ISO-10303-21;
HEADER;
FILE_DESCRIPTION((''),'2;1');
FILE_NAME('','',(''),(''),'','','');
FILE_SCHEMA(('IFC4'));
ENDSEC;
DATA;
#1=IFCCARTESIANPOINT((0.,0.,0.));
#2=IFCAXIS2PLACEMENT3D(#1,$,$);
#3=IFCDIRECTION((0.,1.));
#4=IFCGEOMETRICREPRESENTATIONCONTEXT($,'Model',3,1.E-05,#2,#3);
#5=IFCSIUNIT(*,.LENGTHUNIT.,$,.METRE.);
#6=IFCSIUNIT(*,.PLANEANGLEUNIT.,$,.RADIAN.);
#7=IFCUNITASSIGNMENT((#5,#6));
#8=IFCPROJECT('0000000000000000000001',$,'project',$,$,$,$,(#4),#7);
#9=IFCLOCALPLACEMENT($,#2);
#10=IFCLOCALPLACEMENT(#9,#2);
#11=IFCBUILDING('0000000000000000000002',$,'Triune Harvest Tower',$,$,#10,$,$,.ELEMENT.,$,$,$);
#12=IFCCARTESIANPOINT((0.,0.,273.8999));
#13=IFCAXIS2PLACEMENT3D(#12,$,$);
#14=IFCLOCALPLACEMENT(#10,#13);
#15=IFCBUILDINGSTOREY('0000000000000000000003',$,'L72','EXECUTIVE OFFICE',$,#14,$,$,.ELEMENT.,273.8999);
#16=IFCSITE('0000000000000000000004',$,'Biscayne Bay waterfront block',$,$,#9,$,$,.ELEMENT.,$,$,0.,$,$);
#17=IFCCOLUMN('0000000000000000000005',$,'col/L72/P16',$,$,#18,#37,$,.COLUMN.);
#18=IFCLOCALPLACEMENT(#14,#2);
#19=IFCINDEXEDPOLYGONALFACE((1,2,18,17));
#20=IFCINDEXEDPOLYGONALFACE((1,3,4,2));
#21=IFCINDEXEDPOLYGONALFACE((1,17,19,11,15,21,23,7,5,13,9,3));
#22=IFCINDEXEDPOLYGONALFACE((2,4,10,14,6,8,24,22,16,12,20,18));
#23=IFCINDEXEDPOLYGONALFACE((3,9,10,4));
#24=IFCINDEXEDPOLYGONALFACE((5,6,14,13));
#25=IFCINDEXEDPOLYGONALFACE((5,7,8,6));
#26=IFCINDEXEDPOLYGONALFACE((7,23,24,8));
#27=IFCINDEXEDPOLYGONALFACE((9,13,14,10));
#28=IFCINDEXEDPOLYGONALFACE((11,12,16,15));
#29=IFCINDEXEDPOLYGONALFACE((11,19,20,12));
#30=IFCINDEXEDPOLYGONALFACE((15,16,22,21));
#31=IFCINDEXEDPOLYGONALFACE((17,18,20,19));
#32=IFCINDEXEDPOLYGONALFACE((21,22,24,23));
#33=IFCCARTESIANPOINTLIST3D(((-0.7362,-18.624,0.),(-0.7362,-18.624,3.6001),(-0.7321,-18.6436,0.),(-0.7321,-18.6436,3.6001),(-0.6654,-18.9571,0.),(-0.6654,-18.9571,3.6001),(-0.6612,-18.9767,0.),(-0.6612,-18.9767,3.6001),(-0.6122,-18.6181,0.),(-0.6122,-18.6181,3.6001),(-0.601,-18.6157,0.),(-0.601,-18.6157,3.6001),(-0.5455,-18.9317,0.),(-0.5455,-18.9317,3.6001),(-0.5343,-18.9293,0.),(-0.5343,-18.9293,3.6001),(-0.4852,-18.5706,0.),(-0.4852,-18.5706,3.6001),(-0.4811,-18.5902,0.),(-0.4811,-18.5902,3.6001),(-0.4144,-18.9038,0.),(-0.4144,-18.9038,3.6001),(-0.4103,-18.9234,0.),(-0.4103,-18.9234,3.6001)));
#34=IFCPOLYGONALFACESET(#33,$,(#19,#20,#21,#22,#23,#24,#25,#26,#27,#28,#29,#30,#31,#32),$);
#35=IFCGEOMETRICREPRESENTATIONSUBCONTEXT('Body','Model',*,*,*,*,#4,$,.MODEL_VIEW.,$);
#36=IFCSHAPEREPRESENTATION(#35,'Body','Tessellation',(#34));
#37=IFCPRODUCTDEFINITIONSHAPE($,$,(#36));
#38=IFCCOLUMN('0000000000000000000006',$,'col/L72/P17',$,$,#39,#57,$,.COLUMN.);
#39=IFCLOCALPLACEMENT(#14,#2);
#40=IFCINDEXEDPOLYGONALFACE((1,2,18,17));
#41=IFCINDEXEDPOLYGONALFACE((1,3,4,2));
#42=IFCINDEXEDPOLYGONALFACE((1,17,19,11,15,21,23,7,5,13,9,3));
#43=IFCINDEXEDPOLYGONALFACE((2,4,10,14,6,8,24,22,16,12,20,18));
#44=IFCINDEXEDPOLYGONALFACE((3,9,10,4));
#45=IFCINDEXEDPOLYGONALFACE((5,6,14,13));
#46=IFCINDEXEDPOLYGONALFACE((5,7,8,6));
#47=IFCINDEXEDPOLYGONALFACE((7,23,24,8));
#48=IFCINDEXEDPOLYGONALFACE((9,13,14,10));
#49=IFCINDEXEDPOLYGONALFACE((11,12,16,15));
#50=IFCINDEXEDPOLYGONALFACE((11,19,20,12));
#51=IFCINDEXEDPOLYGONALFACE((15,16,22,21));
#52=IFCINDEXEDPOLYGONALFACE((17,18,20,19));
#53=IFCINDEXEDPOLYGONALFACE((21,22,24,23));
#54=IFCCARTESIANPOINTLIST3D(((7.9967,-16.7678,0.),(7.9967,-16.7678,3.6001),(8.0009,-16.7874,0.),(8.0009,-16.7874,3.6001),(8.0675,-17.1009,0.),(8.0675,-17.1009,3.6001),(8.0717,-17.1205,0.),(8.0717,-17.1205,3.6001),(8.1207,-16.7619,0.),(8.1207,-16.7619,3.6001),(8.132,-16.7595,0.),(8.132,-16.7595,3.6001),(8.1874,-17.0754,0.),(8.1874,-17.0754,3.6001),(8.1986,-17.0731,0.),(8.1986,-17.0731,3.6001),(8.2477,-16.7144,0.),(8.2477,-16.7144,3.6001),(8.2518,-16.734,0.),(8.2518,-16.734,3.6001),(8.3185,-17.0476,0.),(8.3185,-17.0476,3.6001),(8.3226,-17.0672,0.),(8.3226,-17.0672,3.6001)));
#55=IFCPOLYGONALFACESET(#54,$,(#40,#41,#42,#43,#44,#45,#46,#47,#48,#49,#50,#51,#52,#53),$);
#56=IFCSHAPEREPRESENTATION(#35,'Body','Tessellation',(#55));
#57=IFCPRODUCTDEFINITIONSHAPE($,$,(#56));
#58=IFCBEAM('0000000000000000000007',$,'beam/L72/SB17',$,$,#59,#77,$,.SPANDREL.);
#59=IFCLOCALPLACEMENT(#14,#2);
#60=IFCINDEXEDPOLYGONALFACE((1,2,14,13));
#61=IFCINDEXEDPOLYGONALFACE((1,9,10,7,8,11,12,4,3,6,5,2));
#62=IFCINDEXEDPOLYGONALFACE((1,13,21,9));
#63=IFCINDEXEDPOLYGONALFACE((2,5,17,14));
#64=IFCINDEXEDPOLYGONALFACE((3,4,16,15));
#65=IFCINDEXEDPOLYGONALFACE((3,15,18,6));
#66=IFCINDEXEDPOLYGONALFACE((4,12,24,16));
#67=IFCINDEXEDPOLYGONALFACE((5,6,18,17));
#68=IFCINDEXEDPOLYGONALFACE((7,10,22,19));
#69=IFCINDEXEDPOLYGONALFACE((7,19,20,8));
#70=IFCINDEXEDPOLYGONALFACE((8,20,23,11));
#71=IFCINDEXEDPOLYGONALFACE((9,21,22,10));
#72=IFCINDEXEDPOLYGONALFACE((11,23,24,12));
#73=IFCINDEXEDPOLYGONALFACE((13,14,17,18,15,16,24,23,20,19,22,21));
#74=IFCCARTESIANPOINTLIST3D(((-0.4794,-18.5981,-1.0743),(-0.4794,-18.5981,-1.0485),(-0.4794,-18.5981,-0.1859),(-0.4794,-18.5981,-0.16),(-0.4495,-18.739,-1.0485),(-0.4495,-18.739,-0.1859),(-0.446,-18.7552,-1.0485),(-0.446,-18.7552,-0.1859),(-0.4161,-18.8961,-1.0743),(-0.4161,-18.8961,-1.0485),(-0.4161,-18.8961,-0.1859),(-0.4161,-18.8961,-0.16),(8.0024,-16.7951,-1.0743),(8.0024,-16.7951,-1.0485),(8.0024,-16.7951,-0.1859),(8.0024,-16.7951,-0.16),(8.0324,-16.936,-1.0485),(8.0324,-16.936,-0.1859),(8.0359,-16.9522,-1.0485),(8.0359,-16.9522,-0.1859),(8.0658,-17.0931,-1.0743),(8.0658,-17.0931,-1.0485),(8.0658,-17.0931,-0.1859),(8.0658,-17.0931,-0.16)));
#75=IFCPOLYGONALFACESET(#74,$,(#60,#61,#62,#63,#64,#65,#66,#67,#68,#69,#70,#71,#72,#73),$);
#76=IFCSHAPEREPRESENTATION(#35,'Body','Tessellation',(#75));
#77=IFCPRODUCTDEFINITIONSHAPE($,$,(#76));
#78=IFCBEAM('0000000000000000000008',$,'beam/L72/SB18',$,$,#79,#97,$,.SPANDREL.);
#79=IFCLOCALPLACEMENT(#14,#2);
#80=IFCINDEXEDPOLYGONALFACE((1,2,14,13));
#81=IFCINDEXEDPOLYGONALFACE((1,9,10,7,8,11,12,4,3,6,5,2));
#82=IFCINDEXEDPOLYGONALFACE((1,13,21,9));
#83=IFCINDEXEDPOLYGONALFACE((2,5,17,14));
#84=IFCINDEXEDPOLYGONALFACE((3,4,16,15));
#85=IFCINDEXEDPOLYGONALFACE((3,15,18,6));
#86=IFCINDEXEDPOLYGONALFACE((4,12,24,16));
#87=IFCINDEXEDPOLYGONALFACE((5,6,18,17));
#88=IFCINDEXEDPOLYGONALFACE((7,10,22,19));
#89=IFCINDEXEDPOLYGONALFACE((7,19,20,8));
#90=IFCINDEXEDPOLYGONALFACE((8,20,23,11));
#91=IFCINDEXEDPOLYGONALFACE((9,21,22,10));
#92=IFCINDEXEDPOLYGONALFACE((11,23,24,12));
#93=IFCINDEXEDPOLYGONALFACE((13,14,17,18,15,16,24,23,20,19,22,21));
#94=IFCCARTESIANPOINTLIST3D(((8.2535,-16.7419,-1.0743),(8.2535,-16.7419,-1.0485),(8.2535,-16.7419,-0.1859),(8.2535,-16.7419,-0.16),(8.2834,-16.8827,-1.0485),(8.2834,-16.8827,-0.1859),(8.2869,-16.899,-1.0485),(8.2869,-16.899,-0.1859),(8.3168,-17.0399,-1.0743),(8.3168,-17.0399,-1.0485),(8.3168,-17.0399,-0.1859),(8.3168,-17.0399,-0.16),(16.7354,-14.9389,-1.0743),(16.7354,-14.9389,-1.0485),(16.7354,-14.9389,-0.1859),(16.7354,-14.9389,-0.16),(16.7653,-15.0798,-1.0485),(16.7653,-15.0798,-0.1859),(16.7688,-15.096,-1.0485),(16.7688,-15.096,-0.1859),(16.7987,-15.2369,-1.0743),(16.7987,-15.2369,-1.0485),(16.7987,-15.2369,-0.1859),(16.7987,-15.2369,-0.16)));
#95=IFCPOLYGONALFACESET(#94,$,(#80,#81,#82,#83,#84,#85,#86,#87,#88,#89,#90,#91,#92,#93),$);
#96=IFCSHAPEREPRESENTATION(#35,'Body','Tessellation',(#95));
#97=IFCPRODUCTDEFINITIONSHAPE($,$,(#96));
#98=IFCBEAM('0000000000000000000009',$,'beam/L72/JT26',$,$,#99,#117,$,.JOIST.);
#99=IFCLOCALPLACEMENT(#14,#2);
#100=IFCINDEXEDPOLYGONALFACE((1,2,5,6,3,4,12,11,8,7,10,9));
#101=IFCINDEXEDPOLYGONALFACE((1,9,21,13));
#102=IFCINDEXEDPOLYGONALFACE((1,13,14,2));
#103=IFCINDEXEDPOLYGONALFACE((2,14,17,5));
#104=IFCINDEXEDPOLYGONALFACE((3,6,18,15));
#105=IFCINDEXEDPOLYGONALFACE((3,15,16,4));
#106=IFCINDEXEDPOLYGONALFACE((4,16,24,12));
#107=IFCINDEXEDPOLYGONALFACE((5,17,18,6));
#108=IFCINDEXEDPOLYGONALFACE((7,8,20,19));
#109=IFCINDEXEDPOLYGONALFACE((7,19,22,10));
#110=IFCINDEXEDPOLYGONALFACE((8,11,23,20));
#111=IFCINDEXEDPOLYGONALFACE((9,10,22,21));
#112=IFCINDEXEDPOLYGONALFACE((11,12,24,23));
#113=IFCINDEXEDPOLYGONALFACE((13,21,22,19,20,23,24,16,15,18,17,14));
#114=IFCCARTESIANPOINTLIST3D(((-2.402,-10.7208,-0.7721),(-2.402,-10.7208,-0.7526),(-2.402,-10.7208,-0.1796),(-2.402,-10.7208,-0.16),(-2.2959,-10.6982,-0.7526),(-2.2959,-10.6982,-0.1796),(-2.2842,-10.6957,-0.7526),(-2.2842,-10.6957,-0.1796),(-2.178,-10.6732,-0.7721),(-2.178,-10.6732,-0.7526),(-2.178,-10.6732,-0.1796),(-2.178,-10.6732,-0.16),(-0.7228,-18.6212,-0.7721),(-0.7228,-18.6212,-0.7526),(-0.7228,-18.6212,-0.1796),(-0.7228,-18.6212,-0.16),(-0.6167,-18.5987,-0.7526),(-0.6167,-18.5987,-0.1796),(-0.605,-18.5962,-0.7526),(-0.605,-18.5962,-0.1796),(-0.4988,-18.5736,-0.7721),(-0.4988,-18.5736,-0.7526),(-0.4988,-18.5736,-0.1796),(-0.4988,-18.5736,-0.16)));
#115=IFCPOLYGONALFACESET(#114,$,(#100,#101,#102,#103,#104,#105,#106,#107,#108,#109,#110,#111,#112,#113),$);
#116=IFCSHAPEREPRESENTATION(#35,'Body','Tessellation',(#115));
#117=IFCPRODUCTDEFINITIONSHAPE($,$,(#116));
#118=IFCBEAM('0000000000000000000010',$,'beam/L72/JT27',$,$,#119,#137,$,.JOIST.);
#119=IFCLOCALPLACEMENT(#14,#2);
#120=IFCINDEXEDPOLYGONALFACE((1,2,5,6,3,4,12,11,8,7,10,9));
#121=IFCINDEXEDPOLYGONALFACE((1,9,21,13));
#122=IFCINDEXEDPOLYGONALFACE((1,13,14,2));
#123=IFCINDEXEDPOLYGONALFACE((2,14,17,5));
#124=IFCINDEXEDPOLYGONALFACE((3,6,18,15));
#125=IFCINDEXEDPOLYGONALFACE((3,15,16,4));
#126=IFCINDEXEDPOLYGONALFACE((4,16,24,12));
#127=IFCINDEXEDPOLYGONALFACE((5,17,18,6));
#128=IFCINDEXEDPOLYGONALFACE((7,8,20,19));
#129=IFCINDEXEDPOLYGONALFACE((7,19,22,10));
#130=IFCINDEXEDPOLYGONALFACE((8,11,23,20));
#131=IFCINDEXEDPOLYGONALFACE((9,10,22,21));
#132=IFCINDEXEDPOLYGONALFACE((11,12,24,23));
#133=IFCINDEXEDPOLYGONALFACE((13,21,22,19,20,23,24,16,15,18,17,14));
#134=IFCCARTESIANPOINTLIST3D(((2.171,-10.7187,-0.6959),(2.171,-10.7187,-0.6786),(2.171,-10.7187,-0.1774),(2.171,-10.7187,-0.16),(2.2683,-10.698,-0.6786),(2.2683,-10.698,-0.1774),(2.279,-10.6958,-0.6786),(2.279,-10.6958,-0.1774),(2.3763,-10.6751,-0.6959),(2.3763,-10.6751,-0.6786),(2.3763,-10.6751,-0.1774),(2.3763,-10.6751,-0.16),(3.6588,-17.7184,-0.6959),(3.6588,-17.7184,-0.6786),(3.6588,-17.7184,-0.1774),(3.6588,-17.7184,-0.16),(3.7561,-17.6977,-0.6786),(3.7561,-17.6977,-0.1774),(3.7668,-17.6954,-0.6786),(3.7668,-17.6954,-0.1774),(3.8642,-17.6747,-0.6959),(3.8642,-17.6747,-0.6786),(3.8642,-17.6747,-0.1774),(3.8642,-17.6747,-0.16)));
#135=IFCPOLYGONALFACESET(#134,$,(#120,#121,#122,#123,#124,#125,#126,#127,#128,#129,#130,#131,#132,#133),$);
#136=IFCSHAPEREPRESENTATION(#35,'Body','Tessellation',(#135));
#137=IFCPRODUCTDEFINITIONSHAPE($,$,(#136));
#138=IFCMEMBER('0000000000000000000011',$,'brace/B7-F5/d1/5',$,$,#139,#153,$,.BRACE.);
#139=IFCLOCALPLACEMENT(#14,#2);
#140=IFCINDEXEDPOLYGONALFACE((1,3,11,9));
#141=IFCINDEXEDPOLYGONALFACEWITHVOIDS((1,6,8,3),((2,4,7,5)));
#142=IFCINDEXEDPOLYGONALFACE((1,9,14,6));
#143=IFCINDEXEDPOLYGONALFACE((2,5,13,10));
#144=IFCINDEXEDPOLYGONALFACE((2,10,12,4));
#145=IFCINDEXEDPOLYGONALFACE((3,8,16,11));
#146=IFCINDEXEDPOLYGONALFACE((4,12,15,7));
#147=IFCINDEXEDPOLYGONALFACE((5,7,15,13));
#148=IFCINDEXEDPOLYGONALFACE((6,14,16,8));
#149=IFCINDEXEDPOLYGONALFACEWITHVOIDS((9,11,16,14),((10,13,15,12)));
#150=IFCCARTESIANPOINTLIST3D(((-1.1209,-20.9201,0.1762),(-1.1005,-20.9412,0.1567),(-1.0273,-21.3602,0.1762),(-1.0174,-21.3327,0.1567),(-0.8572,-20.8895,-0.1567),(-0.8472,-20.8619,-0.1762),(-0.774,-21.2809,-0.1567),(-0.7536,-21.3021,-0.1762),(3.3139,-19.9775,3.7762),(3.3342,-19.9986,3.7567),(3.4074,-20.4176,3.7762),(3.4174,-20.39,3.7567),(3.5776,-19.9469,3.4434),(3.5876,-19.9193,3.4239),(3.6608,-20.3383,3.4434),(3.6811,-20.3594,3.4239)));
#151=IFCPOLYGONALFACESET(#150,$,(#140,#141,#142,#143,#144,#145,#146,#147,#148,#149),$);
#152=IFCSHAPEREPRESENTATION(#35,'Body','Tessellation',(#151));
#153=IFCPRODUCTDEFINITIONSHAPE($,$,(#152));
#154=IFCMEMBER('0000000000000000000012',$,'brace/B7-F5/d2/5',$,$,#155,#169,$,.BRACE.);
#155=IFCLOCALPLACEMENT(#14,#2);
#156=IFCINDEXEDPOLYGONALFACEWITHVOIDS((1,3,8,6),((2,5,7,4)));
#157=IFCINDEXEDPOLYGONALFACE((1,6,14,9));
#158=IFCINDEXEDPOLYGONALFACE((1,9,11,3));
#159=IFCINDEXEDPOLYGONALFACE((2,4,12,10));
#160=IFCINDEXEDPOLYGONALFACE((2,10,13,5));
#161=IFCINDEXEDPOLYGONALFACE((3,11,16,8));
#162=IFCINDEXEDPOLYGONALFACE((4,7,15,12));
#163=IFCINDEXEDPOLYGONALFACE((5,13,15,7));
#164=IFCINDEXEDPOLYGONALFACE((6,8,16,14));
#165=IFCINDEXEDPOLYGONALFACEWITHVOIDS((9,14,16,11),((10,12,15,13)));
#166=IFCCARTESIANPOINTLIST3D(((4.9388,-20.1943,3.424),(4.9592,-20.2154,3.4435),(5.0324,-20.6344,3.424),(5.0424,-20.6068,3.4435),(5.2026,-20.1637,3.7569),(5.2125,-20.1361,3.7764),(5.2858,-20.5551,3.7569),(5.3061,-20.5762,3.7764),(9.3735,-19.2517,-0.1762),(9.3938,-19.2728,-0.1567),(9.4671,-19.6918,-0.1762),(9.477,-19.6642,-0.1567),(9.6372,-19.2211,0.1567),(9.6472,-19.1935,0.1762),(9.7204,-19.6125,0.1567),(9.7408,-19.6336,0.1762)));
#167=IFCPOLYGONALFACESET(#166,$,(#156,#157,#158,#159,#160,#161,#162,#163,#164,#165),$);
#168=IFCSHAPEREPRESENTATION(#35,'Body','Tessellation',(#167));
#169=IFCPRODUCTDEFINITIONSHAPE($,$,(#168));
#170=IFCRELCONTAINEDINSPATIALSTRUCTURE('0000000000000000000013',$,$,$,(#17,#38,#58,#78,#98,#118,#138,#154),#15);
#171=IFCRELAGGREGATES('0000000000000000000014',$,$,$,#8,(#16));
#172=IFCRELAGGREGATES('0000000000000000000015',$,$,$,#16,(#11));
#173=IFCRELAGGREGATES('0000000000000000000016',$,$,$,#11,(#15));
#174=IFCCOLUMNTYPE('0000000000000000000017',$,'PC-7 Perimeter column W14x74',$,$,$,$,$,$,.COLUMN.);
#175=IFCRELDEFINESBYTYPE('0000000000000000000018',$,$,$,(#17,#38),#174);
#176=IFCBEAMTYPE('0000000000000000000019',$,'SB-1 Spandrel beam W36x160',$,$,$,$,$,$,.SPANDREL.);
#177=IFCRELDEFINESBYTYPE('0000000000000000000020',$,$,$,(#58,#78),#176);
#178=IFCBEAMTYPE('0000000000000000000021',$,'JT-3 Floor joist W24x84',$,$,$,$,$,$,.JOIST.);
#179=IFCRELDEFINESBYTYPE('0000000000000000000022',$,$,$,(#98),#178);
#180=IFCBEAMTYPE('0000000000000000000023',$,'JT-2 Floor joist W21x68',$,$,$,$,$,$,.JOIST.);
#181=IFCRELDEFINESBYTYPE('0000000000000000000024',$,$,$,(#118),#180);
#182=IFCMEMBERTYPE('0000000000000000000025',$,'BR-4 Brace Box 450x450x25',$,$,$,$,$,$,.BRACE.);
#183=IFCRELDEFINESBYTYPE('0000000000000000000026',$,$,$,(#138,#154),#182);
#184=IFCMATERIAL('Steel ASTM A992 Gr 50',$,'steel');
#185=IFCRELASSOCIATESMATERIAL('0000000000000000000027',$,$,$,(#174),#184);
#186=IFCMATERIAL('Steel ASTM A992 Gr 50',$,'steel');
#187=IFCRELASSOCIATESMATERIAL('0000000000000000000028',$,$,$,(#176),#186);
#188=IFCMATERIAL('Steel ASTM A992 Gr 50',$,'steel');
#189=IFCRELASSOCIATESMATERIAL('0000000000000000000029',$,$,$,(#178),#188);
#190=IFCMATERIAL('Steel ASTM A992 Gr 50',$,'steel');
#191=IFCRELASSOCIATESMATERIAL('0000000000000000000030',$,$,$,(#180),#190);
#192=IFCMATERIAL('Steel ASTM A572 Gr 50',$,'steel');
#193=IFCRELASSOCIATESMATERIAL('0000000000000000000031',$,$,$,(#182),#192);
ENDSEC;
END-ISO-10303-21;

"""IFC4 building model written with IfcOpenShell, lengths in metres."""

from ifc_helpers import new_model, si_unit, direction, frame, origin, origin_2d, place, context, subcontext, project, spatial, hollow_rectangle, i_section, extrude, source, transform, mapped, material, material_profile, profile_set, type_object, element, save


model = new_model("IFC4")

# Units and contexts
model_context = context("Model", 3, precision=1e-05, world=origin(), true_north=direction((0.0, 1.0)))
body_context = subcontext(model_context, "Body", "Model", "MODEL_VIEW")
ifc_project = project(units=[si_unit("LENGTHUNIT", "METRE"), si_unit("PLANEANGLEUNIT", "RADIAN")], contexts=[model_context])

# Site, building, storey
site_placement = place(None, origin())
site = spatial("IfcSite", under=ifc_project, at=site_placement, Name="Biscayne Bay waterfront block", CompositionType="ELEMENT", RefElevation=0.0)
building_placement = place(site_placement, origin())
building = spatial("IfcBuilding", under=site, at=building_placement, Name="Triune Harvest Tower", CompositionType="ELEMENT")
storey_placement = place(building_placement, frame((0.0, 0.0, 273.8999)))
storey = spatial("IfcBuildingStorey", under=building, at=storey_placement, Name="L72", Description="EXECUTIVE OFFICE", CompositionType="ELEMENT", Elevation=273.8999)

# Columns
ifc_material_1 = material(Name="Steel ASTM A992 Gr 50", Category="steel")
ifc_material_profile_1 = material_profile(ifc_material_1, i_section(OverallWidth=0.2566, OverallDepth=0.3606, WebThickness=0.0115, FlangeThickness=0.02, at=origin_2d()), Name="W14x74")
ifc_profile_set_1 = profile_set([ifc_material_profile_1], Name="Steel ASTM A992 Gr 50")
column_type = type_object("IfcColumnType", Name="PC-7 Perimeter column W14x74", PredefinedType="COLUMN", material=ifc_profile_set_1)
shared_shape_1 = source(origin(), body_context, "Body", "SweptSolid", [
    extrude(i_section(OverallWidth=0.2566, OverallDepth=0.3606, WebThickness=0.0115, FlangeThickness=0.02, at=origin_2d()), origin(), (0.0, 0.0, 1.0), 3.6001),
])
for number, where, z_axis, x_axis, name in (
    (1, (-0.5732, -18.7737, 0.0), (0.0, 0.0, 1.0), (0.978147, 0.207913, 0.0), "col/L72/P16"),
    (2, (8.1597, -16.9175, 0.0), (0.0, 0.0, 1.0), (0.978147, 0.207913, 0.0), "col/L72/P17"),
):
    element("IfcColumn", number, at=place(storey_placement, frame(where, z_axis=z_axis, x_axis=x_axis)), inside=storey, type_object=column_type, Name=name, PredefinedType="COLUMN", context=body_context, shape_type="MappedRepresentation", body=[
        mapped(shared_shape_1, transform((0.0, 0.0, 0.0), scale=1.0)),
    ])

# Beams
ifc_material_2 = material(Name="Steel ASTM A992 Gr 50", Category="steel")
ifc_material_profile_2 = material_profile(ifc_material_2, i_section(OverallWidth=0.3047, OverallDepth=0.9143, WebThickness=0.0166, FlangeThickness=0.0259, at=origin_2d()), Name="W36x160")
ifc_profile_set_2 = profile_set([ifc_material_profile_2], Name="Steel ASTM A992 Gr 50")
beam_type_1 = type_object("IfcBeamType", Name="SB-1 Spandrel beam W36x160", PredefinedType="SPANDREL", material=ifc_profile_set_2)
shared_shape_2 = source(origin(), body_context, "Body", "SweptSolid", [
    extrude(i_section(OverallWidth=0.3047, OverallDepth=0.9143, WebThickness=0.0166, FlangeThickness=0.0259, at=origin_2d()), origin(), (0.0, 0.0, 1.0), 8.6714),
])
for number, where, z_axis, x_axis, name in (
    (3, (-0.4478, -18.7471, -0.6172), (0.978146, 0.207921, 0.0), (-0.207921, 0.978146, 0.0), "beam/L72/SB17"),
    (4, (8.2852, -16.8909, -0.6172), (0.978146, 0.207921, 0.0), (-0.207921, 0.978146, 0.0), "beam/L72/SB18"),
):
    element("IfcBeam", number, at=place(storey_placement, frame(where, z_axis=z_axis, x_axis=x_axis)), inside=storey, type_object=beam_type_1, Name=name, PredefinedType="SPANDREL", context=body_context, shape_type="MappedRepresentation", body=[
        mapped(shared_shape_2, transform((0.0, 0.0, 0.0), scale=1.0)),
    ])
ifc_material_3 = material(Name="Steel ASTM A992 Gr 50", Category="steel")
ifc_material_profile_3 = material_profile(ifc_material_3, i_section(OverallWidth=0.229, OverallDepth=0.6121, WebThickness=0.012, FlangeThickness=0.0195, at=origin_2d()), Name="W24x84")
ifc_profile_set_3 = profile_set([ifc_material_profile_3], Name="Steel ASTM A992 Gr 50")
beam_type_2 = type_object("IfcBeamType", Name="JT-3 Floor joist W24x84", PredefinedType="JOIST", material=ifc_profile_set_3)
shared_shape_3 = source(origin(), body_context, "Body", "SweptSolid", [
    extrude(i_section(OverallWidth=0.229, OverallDepth=0.6121, WebThickness=0.012, FlangeThickness=0.0195, at=origin_2d()), origin(), (0.0, 0.0, 1.0), 8.0769),
])
beam_1_placement = place(storey_placement, frame((-0.6108, -18.5974, -0.4661), z_axis=(-0.207902, 0.97815, 0.0), x_axis=(-0.97815, -0.207902, 0.0)))
element("IfcBeam", 5, at=beam_1_placement, inside=storey, type_object=beam_type_2, Name="beam/L72/JT26", PredefinedType="JOIST", context=body_context, shape_type="MappedRepresentation", body=[
    mapped(shared_shape_3, transform((0.0, 0.0, 0.0), scale=1.0)),
])
ifc_material_4 = material(Name="Steel ASTM A992 Gr 50", Category="steel")
ifc_material_profile_4 = material_profile(ifc_material_4, i_section(OverallWidth=0.21, OverallDepth=0.5359, WebThickness=0.011, FlangeThickness=0.0173, at=origin_2d()), Name="W21x68")
ifc_profile_set_4 = profile_set([ifc_material_profile_4], Name="Steel ASTM A992 Gr 50")
beam_type_3 = type_object("IfcBeamType", Name="JT-2 Floor joist W21x68", PredefinedType="JOIST", material=ifc_profile_set_4)
shared_shape_4 = source(origin(), body_context, "Body", "SweptSolid", [
    extrude(i_section(OverallWidth=0.21, OverallDepth=0.5359, WebThickness=0.011, FlangeThickness=0.0173, at=origin_2d()), origin(), (0.0, 0.0, 1.0), 7.156),
])
beam_2_placement = place(storey_placement, frame((3.7615, -17.6965, -0.428), z_axis=(-0.207912, 0.978148, 0.0), x_axis=(-0.978148, -0.207912, 0.0)))
element("IfcBeam", 6, at=beam_2_placement, inside=storey, type_object=beam_type_3, Name="beam/L72/JT27", PredefinedType="JOIST", context=body_context, shape_type="MappedRepresentation", body=[
    mapped(shared_shape_4, transform((0.0, 0.0, 0.0), scale=1.0)),
])

# Members
ifc_material_5 = material(Name="Steel ASTM A572 Gr 50", Category="steel")
ifc_material_profile_5 = material_profile(ifc_material_5, hollow_rectangle(XDim=0.45, YDim=0.45, WallThickness=0.0249, at=origin_2d()), Name="Box 450x450x25")
ifc_profile_set_5 = profile_set([ifc_material_profile_5], Name="Steel ASTM A572 Gr 50")
member_type_1 = type_object("IfcMemberType", Name="BR-4 Brace Box 450x450x25", PredefinedType="BRACE", material=ifc_profile_set_5)
shared_shape_5 = source(origin(), body_context, "Body", "SweptSolid", [
    extrude(hollow_rectangle(XDim=0.45, YDim=0.45, WallThickness=0.0249, at=origin_2d()), origin(), (0.0, 0.0, 1.0), 5.7893),
])
for number, where, z_axis, x_axis, name in (
    (7, (-0.9373, -21.1111, 0.0), (0.766027, 0.16282, 0.621846), (-0.207907, 0.978149, 0.0), "brace/B7-F5/d1/5"),
    (8, (9.5571, -19.4426, 0.0), (-0.766009, -0.162826, 0.621866), (0.207918, -0.978146, 0.0), "brace/B7-F5/d2/5"),
):
    element("IfcMember", number, at=place(storey_placement, frame(where, z_axis=z_axis, x_axis=x_axis)), inside=storey, type_object=member_type_1, Name=name, PredefinedType="BRACE", context=body_context, shape_type="MappedRepresentation", body=[
        mapped(shared_shape_5, transform((0.0, 0.0, 0.0), scale=1.0)),
    ])

save(model, "model.ifc")
